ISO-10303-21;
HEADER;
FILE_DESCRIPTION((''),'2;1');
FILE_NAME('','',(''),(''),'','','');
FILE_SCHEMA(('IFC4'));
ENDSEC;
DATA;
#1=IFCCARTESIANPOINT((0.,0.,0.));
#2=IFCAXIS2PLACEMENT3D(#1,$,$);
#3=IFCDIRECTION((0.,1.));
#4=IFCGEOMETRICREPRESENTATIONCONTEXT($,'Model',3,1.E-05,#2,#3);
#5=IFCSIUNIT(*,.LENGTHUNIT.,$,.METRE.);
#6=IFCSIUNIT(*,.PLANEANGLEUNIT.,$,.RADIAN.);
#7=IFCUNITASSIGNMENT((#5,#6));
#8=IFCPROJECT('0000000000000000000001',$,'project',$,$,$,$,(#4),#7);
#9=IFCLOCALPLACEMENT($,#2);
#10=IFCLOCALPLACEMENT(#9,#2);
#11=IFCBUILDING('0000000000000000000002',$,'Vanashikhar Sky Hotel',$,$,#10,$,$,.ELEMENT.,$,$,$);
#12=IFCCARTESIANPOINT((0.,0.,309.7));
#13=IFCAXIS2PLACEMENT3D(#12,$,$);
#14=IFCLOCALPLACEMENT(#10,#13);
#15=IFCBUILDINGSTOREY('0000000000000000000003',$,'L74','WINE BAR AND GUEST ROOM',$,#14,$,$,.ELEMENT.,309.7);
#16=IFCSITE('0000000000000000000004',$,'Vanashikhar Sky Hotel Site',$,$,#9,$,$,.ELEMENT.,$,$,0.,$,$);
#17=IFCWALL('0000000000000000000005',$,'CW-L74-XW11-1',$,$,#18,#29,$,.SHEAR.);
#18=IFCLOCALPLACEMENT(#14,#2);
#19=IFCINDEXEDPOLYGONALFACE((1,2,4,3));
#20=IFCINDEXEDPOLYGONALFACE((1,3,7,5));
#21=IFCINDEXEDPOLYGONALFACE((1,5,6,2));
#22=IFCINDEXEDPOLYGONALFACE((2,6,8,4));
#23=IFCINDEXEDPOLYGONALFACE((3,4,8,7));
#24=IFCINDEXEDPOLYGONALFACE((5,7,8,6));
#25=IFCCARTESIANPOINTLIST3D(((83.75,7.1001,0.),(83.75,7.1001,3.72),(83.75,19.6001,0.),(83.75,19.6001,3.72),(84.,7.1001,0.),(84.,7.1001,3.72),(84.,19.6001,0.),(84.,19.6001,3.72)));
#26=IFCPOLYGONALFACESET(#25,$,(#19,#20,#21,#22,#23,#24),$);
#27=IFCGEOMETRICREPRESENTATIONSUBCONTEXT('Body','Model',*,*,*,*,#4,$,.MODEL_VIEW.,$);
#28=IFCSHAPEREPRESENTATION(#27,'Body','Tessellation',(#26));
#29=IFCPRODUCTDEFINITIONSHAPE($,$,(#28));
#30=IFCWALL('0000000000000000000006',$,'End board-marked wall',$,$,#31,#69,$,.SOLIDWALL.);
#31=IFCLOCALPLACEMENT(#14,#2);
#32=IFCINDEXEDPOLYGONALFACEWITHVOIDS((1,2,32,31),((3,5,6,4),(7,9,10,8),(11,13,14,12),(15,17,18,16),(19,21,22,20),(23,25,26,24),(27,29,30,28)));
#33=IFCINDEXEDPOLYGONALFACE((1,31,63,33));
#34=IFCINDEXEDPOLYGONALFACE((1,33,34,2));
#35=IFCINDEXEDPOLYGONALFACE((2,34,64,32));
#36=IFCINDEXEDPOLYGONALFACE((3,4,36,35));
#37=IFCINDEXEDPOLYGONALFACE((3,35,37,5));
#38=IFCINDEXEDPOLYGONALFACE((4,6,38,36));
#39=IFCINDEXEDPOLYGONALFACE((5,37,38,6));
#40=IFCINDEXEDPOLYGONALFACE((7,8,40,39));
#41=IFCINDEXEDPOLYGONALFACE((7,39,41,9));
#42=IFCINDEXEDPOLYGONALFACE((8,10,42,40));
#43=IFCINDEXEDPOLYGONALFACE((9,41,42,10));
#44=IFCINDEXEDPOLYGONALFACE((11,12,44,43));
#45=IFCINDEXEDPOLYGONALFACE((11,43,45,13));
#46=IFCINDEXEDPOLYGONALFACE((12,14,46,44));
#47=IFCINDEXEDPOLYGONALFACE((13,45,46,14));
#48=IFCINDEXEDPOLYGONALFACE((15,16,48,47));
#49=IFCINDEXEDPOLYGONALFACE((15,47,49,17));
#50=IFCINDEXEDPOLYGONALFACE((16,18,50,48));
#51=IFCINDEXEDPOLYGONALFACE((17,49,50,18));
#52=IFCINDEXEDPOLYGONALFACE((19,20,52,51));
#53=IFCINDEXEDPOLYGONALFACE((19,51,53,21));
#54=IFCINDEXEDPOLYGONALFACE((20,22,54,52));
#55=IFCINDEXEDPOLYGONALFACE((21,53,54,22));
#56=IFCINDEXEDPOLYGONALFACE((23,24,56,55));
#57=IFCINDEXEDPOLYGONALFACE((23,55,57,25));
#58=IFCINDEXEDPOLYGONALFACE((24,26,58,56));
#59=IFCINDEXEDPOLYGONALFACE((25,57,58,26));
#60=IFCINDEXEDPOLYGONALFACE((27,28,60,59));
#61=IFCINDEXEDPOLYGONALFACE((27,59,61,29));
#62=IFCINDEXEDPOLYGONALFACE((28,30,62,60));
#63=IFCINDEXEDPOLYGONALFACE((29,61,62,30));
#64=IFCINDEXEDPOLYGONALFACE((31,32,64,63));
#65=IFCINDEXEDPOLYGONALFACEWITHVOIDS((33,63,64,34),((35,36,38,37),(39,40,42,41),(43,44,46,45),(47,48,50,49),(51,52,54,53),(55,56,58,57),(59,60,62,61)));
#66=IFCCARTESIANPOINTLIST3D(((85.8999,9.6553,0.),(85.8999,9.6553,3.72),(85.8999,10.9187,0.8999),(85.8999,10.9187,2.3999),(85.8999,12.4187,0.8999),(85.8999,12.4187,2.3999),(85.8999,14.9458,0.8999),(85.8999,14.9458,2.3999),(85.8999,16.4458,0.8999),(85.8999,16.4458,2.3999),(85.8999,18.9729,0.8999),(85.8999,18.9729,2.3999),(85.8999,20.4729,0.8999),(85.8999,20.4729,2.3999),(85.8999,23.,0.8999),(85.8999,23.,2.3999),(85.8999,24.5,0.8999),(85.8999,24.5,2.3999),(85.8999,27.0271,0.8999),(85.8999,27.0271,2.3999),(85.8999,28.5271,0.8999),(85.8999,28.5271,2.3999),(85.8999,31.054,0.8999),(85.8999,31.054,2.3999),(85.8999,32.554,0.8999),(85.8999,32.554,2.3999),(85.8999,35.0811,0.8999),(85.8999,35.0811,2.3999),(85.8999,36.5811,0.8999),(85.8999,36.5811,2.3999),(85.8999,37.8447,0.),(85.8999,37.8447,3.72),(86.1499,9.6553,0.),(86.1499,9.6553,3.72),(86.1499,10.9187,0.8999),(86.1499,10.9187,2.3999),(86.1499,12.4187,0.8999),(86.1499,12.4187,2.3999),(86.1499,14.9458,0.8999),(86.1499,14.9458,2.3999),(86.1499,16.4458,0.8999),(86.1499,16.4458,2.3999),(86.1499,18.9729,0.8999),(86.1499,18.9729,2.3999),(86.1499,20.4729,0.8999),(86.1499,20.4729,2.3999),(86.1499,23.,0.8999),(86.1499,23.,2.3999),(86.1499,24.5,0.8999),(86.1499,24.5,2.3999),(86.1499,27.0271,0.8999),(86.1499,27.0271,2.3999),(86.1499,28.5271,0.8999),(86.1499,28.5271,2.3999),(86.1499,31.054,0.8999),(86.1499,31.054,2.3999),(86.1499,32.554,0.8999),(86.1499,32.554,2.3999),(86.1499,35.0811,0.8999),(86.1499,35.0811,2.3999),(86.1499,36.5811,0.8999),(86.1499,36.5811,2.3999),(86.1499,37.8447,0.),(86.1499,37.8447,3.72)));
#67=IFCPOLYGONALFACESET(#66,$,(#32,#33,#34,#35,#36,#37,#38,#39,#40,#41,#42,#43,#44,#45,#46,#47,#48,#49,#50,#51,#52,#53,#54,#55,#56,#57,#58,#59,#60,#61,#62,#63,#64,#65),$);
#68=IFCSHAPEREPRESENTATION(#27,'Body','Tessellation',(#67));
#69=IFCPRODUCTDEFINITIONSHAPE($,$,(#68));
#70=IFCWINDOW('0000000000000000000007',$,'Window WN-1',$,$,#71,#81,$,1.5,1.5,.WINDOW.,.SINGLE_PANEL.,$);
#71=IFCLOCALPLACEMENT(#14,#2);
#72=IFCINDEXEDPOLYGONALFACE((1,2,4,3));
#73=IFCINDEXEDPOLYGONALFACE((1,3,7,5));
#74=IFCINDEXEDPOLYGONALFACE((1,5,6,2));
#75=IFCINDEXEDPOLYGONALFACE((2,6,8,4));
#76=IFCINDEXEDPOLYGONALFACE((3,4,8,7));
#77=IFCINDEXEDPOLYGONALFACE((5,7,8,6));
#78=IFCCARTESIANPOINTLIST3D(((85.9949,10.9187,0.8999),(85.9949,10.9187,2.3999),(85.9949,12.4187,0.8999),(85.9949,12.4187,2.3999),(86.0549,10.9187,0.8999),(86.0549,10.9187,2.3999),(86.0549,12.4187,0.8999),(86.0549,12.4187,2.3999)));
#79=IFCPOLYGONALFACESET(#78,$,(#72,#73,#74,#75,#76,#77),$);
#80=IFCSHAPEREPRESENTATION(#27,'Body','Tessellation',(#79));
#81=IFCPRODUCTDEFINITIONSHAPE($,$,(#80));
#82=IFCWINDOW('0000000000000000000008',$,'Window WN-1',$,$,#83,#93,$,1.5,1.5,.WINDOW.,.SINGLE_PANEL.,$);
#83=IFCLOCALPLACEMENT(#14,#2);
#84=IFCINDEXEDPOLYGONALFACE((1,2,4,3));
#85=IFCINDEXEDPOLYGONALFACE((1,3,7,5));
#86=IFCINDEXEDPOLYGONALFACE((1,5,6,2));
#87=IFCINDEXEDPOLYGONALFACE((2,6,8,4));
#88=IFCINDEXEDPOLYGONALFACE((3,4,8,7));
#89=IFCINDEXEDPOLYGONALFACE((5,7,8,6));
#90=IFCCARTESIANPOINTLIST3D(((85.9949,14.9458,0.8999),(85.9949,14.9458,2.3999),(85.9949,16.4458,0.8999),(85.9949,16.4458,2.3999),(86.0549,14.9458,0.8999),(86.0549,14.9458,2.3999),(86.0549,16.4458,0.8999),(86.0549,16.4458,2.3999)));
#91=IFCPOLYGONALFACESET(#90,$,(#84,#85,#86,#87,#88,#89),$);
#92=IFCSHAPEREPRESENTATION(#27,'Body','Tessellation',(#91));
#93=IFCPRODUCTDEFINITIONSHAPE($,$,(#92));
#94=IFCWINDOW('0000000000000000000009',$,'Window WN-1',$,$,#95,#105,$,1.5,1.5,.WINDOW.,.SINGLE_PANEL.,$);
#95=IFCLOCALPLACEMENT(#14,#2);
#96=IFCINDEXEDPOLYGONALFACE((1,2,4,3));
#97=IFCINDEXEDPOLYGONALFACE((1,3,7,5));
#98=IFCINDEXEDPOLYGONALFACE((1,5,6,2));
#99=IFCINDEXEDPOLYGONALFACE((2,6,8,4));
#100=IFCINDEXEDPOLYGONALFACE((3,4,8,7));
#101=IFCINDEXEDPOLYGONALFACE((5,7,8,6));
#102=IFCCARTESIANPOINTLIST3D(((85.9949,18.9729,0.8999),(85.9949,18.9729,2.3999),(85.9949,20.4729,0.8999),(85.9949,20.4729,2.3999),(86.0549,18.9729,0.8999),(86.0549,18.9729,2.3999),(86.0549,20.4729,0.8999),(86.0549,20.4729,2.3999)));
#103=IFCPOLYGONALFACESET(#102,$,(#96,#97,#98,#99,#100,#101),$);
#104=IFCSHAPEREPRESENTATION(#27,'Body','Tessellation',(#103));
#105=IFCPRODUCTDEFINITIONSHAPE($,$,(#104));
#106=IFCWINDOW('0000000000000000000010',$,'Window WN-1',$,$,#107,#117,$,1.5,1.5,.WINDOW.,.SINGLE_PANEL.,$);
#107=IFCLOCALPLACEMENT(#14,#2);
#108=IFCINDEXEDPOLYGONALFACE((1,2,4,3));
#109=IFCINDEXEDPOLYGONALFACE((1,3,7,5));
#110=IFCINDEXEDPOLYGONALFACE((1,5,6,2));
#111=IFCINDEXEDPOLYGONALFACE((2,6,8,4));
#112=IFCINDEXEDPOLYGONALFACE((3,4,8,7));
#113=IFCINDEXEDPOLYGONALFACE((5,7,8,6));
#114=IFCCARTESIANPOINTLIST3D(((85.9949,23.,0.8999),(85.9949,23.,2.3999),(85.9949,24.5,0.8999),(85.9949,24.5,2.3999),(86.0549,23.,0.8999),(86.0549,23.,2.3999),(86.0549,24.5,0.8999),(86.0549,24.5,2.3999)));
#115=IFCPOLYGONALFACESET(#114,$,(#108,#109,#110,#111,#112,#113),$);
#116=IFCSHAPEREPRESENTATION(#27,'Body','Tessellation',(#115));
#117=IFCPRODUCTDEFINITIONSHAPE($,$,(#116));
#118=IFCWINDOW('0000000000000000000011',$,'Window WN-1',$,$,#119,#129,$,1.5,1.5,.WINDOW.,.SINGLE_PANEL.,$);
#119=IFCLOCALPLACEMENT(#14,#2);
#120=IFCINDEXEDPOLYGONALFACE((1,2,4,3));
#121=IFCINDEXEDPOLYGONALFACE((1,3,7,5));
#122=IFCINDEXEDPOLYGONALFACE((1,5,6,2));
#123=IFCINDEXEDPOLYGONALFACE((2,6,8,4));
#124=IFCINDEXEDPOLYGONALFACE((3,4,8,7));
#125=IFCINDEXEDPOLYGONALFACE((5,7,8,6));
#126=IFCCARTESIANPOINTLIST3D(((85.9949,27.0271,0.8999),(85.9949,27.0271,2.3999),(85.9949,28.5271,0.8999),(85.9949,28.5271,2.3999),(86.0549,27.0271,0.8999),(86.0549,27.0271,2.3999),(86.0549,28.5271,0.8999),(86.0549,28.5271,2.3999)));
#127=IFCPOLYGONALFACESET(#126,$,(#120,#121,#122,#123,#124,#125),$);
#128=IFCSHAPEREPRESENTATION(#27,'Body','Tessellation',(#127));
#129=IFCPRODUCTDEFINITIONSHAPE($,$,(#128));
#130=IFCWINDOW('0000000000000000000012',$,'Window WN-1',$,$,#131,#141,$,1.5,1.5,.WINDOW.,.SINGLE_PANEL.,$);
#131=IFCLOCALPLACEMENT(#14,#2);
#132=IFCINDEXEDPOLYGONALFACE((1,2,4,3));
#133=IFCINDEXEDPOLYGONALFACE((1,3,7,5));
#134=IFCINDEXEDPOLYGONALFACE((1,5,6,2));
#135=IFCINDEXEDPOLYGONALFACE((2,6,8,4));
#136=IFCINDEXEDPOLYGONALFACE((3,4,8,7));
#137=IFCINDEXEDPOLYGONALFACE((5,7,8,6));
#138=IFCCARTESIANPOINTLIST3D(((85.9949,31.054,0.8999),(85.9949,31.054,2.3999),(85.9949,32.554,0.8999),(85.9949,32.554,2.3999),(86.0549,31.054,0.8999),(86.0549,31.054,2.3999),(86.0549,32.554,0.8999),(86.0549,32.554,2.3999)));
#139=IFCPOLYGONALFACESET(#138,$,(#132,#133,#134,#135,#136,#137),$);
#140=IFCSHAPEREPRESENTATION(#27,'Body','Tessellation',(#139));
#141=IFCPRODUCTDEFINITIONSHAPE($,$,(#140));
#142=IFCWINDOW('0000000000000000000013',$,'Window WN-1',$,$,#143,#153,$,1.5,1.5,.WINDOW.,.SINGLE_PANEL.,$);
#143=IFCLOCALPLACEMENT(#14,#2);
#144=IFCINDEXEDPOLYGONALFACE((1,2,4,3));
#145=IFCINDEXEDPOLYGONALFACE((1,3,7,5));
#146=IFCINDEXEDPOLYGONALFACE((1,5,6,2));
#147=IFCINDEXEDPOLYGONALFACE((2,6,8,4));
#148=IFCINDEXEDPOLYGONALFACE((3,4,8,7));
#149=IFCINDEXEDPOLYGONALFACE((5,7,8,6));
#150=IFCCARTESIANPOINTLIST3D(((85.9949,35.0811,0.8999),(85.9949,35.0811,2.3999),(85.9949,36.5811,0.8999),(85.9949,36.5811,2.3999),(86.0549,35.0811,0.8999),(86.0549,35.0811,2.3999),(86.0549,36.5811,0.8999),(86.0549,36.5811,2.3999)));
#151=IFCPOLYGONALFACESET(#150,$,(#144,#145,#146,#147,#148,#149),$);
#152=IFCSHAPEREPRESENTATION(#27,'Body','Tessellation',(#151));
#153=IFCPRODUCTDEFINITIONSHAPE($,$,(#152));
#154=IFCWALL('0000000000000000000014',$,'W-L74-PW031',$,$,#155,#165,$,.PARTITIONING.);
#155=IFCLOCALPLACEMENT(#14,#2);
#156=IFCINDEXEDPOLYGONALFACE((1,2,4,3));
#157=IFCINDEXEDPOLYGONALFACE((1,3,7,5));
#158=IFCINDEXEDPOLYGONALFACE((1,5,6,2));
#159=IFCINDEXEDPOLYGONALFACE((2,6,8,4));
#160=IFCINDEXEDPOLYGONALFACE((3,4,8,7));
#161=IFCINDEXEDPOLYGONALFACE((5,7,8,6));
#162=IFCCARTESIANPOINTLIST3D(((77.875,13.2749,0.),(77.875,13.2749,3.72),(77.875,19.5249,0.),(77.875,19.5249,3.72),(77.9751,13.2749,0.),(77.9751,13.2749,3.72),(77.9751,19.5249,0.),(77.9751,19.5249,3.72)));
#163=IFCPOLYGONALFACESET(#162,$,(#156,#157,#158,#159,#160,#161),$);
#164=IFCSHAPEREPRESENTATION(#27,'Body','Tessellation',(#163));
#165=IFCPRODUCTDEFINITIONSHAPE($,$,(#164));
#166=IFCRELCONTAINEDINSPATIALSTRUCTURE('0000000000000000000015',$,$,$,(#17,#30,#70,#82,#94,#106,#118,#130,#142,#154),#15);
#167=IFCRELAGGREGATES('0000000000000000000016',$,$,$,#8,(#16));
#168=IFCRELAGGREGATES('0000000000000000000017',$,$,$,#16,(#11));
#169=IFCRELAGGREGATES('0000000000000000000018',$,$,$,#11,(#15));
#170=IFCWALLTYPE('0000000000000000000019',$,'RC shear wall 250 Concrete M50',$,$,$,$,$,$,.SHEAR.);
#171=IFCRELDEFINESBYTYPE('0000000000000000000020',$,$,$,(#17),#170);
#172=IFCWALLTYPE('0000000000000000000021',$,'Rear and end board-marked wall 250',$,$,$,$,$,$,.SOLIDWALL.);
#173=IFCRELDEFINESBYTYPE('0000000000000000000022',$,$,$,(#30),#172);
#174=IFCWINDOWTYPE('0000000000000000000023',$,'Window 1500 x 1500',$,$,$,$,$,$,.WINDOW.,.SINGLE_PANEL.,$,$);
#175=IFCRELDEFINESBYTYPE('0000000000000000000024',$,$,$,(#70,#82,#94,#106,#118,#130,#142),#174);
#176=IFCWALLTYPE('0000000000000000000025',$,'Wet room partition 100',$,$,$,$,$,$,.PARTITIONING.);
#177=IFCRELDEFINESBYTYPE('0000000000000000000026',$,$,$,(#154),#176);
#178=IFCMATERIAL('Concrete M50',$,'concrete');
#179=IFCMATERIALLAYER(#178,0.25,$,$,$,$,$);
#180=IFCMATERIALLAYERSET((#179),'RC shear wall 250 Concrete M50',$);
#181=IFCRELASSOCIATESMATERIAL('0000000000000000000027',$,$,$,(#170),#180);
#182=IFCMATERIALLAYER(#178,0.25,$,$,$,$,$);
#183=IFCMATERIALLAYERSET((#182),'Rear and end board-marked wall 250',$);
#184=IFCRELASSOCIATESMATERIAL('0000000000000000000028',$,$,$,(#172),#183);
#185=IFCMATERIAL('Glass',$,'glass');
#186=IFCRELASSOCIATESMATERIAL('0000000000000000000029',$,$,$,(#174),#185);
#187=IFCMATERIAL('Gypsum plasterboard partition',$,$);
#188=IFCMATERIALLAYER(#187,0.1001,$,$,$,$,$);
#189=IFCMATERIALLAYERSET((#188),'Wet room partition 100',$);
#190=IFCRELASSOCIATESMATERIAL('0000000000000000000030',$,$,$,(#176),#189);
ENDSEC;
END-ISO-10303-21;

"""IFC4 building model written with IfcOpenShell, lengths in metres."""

from ifc_helpers import new_model, si_unit, direction, frame, frame_2d, origin, place, context, subcontext, project, spatial, rectangle, extrude, source, transform, mapped, material, layer, layer_set, type_object, element, fill, save


model = new_model("IFC4")

# Units and contexts
model_context = context("Model", 3, precision=1e-05, world=origin(), true_north=direction((0.0, 1.0)))
body_context = subcontext(model_context, "Body", "Model", "MODEL_VIEW")
ifc_project = project(units=[si_unit("LENGTHUNIT", "METRE"), si_unit("PLANEANGLEUNIT", "RADIAN")], contexts=[model_context])

# Site, building, storey
site_placement = place(None, origin())
site = spatial("IfcSite", under=ifc_project, at=site_placement, Name="Vanashikhar Sky Hotel Site", CompositionType="ELEMENT", RefElevation=0.0)
building_placement = place(site_placement, origin())
building = spatial("IfcBuilding", under=site, at=building_placement, Name="Vanashikhar Sky Hotel", CompositionType="ELEMENT")
storey_placement = place(building_placement, frame((0.0, 0.0, 309.7)))
storey = spatial("IfcBuildingStorey", under=building, at=storey_placement, Name="L74", Description="WINE BAR AND GUEST ROOM", CompositionType="ELEMENT", Elevation=309.7)

# Wall
ifc_material_1 = material(Name="Concrete M50", Category="concrete")
ifc_layer_1 = layer(ifc_material_1, 0.25)
ifc_layer_set_1 = layer_set([ifc_layer_1], Name="RC shear wall 250 Concrete M50")
wall_type_1 = type_object("IfcWallType", Name="RC shear wall 250 Concrete M50", PredefinedType="SHEAR", material=ifc_layer_set_1)
shared_shape_1 = source(origin(), body_context, "Body", "SweptSolid", [
    extrude(rectangle(XDim=12.5, YDim=0.25, at=frame_2d((6.25, 0.0))), origin(), (0.0, 0.0, 1.0), 3.72),
])
wall_1_placement = place(storey_placement, frame((83.875, 7.1001, 0.0), z_axis=(0.0, 0.0, 1.0), x_axis=(0.0, 1.0, 0.0)))
element("IfcWall", 1, at=wall_1_placement, inside=storey, type_object=wall_type_1, Name="CW-L74-XW11-1", PredefinedType="SHEAR", context=body_context, shape_type="MappedRepresentation", body=[
    mapped(shared_shape_1, transform((0.0, 0.0, 0.0), scale=1.0)),
])

# Wall, openings, windows
ifc_layer_2 = layer(ifc_material_1, 0.25)
ifc_layer_set_2 = layer_set([ifc_layer_2], Name="Rear and end board-marked wall 250")
wall_type_2 = type_object("IfcWallType", Name="Rear and end board-marked wall 250", PredefinedType="SOLIDWALL", material=ifc_layer_set_2)
shared_shape_2 = source(origin(), body_context, "Body", "SweptSolid", [
    extrude(rectangle(XDim=28.1895, YDim=0.25, at=frame_2d((14.0947, 0.0))), origin(), (0.0, 0.0, 1.0), 3.72),
])
wall_2_placement = place(storey_placement, frame((86.0249, 9.6553, 0.0), z_axis=(0.0, 0.0, 1.0), x_axis=(0.0, 1.0, 0.0)))
wall_2 = element("IfcWall", 2, at=wall_2_placement, inside=storey, type_object=wall_type_2, Name="End board-marked wall", PredefinedType="SOLIDWALL", context=body_context, shape_type="MappedRepresentation", body=[
    mapped(shared_shape_2, transform((0.0, 0.0, 0.0), scale=1.0)),
])
shared_shape_3 = source(origin(), body_context, "Body", "SweptSolid", [
    extrude(rectangle(XDim=1.5, YDim=1.5, at=frame_2d((0.75, 0.75))), frame((0.0, 0.135, 0.0), z_axis=(0.0, -1.0, 0.0), x_axis=(1.0, 0.0, 0.0)), (0.0, 0.0, 1.0), 0.27),
])
opening_1_placement = place(wall_2_placement, frame((1.2634, 0.0, 0.8999)))
opening_1 = element("IfcOpeningElement", 3, at=opening_1_placement, cuts=wall_2, PredefinedType="OPENING", context=body_context, shape_type="MappedRepresentation", body=[
    mapped(shared_shape_3, transform((0.0, 0.0, 0.0), scale=1.0)),
])
opening_2_placement = place(wall_2_placement, frame((5.2905, 0.0, 0.8999)))
opening_2 = element("IfcOpeningElement", 4, at=opening_2_placement, cuts=wall_2, PredefinedType="OPENING", context=body_context, shape_type="MappedRepresentation", body=[
    mapped(shared_shape_3, transform((0.0, 0.0, 0.0), scale=1.0)),
])
opening_3_placement = place(wall_2_placement, frame((9.3176, 0.0, 0.8999)))
opening_3 = element("IfcOpeningElement", 5, at=opening_3_placement, cuts=wall_2, PredefinedType="OPENING", context=body_context, shape_type="MappedRepresentation", body=[
    mapped(shared_shape_3, transform((0.0, 0.0, 0.0), scale=1.0)),
])
opening_4_placement = place(wall_2_placement, frame((13.3447, 0.0, 0.8999)))
opening_4 = element("IfcOpeningElement", 6, at=opening_4_placement, cuts=wall_2, PredefinedType="OPENING", context=body_context, shape_type="MappedRepresentation", body=[
    mapped(shared_shape_3, transform((0.0, 0.0, 0.0), scale=1.0)),
])
opening_5_placement = place(wall_2_placement, frame((17.3718, 0.0, 0.8999)))
opening_5 = element("IfcOpeningElement", 7, at=opening_5_placement, cuts=wall_2, PredefinedType="OPENING", context=body_context, shape_type="MappedRepresentation", body=[
    mapped(shared_shape_3, transform((0.0, 0.0, 0.0), scale=1.0)),
])
opening_6_placement = place(wall_2_placement, frame((21.3987, 0.0, 0.8999)))
opening_6 = element("IfcOpeningElement", 8, at=opening_6_placement, cuts=wall_2, PredefinedType="OPENING", context=body_context, shape_type="MappedRepresentation", body=[
    mapped(shared_shape_3, transform((0.0, 0.0, 0.0), scale=1.0)),
])
opening_7_placement = place(wall_2_placement, frame((25.4258, 0.0, 0.8999)))
opening_7 = element("IfcOpeningElement", 9, at=opening_7_placement, cuts=wall_2, PredefinedType="OPENING", context=body_context, shape_type="MappedRepresentation", body=[
    mapped(shared_shape_3, transform((0.0, 0.0, 0.0), scale=1.0)),
])
ifc_material_2 = material(Name="Glass", Category="glass")
window_type = type_object("IfcWindowType", Name="Window 1500 x 1500", PartitioningType="SINGLE_PANEL", PredefinedType="WINDOW", material=ifc_material_2)
shared_shape_4 = source(origin(), body_context, "Body", "SweptSolid", [
    extrude(rectangle(XDim=1.5, YDim=1.5, at=frame_2d((0.75, 0.75))), frame((0.0, 0.03, 0.0), z_axis=(0.0, -1.0, 0.0), x_axis=(1.0, 0.0, 0.0)), (0.0, 0.0, 1.0), 0.0601),
])
window_1_placement = place(opening_1_placement, origin())
window_1 = element("IfcWindow", 10, at=window_1_placement, inside=storey, type_object=window_type, Name="Window WN-1", OverallHeight=1.5, OverallWidth=1.5, PartitioningType="SINGLE_PANEL", PredefinedType="WINDOW", context=body_context, shape_type="MappedRepresentation", body=[
    mapped(shared_shape_4, transform((0.0, 0.0, 0.0), scale=1.0)),
])
fill(opening_1, window_1)
window_2_placement = place(opening_2_placement, origin())
window_2 = element("IfcWindow", 11, at=window_2_placement, inside=storey, type_object=window_type, Name="Window WN-1", OverallHeight=1.5, OverallWidth=1.5, PartitioningType="SINGLE_PANEL", PredefinedType="WINDOW", context=body_context, shape_type="MappedRepresentation", body=[
    mapped(shared_shape_4, transform((0.0, 0.0, 0.0), scale=1.0)),
])
fill(opening_2, window_2)
window_3_placement = place(opening_3_placement, origin())
window_3 = element("IfcWindow", 12, at=window_3_placement, inside=storey, type_object=window_type, Name="Window WN-1", OverallHeight=1.5, OverallWidth=1.5, PartitioningType="SINGLE_PANEL", PredefinedType="WINDOW", context=body_context, shape_type="MappedRepresentation", body=[
    mapped(shared_shape_4, transform((0.0, 0.0, 0.0), scale=1.0)),
])
fill(opening_3, window_3)
window_4_placement = place(opening_4_placement, origin())
window_4 = element("IfcWindow", 13, at=window_4_placement, inside=storey, type_object=window_type, Name="Window WN-1", OverallHeight=1.5, OverallWidth=1.5, PartitioningType="SINGLE_PANEL", PredefinedType="WINDOW", context=body_context, shape_type="MappedRepresentation", body=[
    mapped(shared_shape_4, transform((0.0, 0.0, 0.0), scale=1.0)),
])
fill(opening_4, window_4)
window_5_placement = place(opening_5_placement, origin())
window_5 = element("IfcWindow", 14, at=window_5_placement, inside=storey, type_object=window_type, Name="Window WN-1", OverallHeight=1.5, OverallWidth=1.5, PartitioningType="SINGLE_PANEL", PredefinedType="WINDOW", context=body_context, shape_type="MappedRepresentation", body=[
    mapped(shared_shape_4, transform((0.0, 0.0, 0.0), scale=1.0)),
])
fill(opening_5, window_5)
window_6_placement = place(opening_6_placement, origin())
window_6 = element("IfcWindow", 15, at=window_6_placement, inside=storey, type_object=window_type, Name="Window WN-1", OverallHeight=1.5, OverallWidth=1.5, PartitioningType="SINGLE_PANEL", PredefinedType="WINDOW", context=body_context, shape_type="MappedRepresentation", body=[
    mapped(shared_shape_4, transform((0.0, 0.0, 0.0), scale=1.0)),
])
fill(opening_6, window_6)
window_7_placement = place(opening_7_placement, origin())
window_7 = element("IfcWindow", 16, at=window_7_placement, inside=storey, type_object=window_type, Name="Window WN-1", OverallHeight=1.5, OverallWidth=1.5, PartitioningType="SINGLE_PANEL", PredefinedType="WINDOW", context=body_context, shape_type="MappedRepresentation", body=[
    mapped(shared_shape_4, transform((0.0, 0.0, 0.0), scale=1.0)),
])
fill(opening_7, window_7)

# Wall
ifc_material_3 = material(Name="Gypsum plasterboard partition")
ifc_layer_3 = layer(ifc_material_3, 0.1001)
ifc_layer_set_3 = layer_set([ifc_layer_3], Name="Wet room partition 100")
wall_type_3 = type_object("IfcWallType", Name="Wet room partition 100", PredefinedType="PARTITIONING", material=ifc_layer_set_3)
shared_shape_5 = source(origin(), body_context, "Body", "SweptSolid", [
    extrude(rectangle(XDim=6.25, YDim=0.1001, at=frame_2d((3.125, 0.0))), origin(), (0.0, 0.0, 1.0), 3.72),
])
for number, where, z_axis, x_axis, name in (
    (17, (77.925, 13.2749, 0.0), (0.0, 0.0, 1.0), (0.0, 1.0, 0.0), "W-L74-PW031"),
):
    element("IfcWall", number, at=place(storey_placement, frame(where, z_axis=z_axis, x_axis=x_axis)), inside=storey, type_object=wall_type_3, Name=name, PredefinedType="PARTITIONING", context=body_context, shape_type="MappedRepresentation", body=[
        mapped(shared_shape_5, transform((0.0, 0.0, 0.0), scale=1.0)),
    ])

save(model, "model.ifc")
